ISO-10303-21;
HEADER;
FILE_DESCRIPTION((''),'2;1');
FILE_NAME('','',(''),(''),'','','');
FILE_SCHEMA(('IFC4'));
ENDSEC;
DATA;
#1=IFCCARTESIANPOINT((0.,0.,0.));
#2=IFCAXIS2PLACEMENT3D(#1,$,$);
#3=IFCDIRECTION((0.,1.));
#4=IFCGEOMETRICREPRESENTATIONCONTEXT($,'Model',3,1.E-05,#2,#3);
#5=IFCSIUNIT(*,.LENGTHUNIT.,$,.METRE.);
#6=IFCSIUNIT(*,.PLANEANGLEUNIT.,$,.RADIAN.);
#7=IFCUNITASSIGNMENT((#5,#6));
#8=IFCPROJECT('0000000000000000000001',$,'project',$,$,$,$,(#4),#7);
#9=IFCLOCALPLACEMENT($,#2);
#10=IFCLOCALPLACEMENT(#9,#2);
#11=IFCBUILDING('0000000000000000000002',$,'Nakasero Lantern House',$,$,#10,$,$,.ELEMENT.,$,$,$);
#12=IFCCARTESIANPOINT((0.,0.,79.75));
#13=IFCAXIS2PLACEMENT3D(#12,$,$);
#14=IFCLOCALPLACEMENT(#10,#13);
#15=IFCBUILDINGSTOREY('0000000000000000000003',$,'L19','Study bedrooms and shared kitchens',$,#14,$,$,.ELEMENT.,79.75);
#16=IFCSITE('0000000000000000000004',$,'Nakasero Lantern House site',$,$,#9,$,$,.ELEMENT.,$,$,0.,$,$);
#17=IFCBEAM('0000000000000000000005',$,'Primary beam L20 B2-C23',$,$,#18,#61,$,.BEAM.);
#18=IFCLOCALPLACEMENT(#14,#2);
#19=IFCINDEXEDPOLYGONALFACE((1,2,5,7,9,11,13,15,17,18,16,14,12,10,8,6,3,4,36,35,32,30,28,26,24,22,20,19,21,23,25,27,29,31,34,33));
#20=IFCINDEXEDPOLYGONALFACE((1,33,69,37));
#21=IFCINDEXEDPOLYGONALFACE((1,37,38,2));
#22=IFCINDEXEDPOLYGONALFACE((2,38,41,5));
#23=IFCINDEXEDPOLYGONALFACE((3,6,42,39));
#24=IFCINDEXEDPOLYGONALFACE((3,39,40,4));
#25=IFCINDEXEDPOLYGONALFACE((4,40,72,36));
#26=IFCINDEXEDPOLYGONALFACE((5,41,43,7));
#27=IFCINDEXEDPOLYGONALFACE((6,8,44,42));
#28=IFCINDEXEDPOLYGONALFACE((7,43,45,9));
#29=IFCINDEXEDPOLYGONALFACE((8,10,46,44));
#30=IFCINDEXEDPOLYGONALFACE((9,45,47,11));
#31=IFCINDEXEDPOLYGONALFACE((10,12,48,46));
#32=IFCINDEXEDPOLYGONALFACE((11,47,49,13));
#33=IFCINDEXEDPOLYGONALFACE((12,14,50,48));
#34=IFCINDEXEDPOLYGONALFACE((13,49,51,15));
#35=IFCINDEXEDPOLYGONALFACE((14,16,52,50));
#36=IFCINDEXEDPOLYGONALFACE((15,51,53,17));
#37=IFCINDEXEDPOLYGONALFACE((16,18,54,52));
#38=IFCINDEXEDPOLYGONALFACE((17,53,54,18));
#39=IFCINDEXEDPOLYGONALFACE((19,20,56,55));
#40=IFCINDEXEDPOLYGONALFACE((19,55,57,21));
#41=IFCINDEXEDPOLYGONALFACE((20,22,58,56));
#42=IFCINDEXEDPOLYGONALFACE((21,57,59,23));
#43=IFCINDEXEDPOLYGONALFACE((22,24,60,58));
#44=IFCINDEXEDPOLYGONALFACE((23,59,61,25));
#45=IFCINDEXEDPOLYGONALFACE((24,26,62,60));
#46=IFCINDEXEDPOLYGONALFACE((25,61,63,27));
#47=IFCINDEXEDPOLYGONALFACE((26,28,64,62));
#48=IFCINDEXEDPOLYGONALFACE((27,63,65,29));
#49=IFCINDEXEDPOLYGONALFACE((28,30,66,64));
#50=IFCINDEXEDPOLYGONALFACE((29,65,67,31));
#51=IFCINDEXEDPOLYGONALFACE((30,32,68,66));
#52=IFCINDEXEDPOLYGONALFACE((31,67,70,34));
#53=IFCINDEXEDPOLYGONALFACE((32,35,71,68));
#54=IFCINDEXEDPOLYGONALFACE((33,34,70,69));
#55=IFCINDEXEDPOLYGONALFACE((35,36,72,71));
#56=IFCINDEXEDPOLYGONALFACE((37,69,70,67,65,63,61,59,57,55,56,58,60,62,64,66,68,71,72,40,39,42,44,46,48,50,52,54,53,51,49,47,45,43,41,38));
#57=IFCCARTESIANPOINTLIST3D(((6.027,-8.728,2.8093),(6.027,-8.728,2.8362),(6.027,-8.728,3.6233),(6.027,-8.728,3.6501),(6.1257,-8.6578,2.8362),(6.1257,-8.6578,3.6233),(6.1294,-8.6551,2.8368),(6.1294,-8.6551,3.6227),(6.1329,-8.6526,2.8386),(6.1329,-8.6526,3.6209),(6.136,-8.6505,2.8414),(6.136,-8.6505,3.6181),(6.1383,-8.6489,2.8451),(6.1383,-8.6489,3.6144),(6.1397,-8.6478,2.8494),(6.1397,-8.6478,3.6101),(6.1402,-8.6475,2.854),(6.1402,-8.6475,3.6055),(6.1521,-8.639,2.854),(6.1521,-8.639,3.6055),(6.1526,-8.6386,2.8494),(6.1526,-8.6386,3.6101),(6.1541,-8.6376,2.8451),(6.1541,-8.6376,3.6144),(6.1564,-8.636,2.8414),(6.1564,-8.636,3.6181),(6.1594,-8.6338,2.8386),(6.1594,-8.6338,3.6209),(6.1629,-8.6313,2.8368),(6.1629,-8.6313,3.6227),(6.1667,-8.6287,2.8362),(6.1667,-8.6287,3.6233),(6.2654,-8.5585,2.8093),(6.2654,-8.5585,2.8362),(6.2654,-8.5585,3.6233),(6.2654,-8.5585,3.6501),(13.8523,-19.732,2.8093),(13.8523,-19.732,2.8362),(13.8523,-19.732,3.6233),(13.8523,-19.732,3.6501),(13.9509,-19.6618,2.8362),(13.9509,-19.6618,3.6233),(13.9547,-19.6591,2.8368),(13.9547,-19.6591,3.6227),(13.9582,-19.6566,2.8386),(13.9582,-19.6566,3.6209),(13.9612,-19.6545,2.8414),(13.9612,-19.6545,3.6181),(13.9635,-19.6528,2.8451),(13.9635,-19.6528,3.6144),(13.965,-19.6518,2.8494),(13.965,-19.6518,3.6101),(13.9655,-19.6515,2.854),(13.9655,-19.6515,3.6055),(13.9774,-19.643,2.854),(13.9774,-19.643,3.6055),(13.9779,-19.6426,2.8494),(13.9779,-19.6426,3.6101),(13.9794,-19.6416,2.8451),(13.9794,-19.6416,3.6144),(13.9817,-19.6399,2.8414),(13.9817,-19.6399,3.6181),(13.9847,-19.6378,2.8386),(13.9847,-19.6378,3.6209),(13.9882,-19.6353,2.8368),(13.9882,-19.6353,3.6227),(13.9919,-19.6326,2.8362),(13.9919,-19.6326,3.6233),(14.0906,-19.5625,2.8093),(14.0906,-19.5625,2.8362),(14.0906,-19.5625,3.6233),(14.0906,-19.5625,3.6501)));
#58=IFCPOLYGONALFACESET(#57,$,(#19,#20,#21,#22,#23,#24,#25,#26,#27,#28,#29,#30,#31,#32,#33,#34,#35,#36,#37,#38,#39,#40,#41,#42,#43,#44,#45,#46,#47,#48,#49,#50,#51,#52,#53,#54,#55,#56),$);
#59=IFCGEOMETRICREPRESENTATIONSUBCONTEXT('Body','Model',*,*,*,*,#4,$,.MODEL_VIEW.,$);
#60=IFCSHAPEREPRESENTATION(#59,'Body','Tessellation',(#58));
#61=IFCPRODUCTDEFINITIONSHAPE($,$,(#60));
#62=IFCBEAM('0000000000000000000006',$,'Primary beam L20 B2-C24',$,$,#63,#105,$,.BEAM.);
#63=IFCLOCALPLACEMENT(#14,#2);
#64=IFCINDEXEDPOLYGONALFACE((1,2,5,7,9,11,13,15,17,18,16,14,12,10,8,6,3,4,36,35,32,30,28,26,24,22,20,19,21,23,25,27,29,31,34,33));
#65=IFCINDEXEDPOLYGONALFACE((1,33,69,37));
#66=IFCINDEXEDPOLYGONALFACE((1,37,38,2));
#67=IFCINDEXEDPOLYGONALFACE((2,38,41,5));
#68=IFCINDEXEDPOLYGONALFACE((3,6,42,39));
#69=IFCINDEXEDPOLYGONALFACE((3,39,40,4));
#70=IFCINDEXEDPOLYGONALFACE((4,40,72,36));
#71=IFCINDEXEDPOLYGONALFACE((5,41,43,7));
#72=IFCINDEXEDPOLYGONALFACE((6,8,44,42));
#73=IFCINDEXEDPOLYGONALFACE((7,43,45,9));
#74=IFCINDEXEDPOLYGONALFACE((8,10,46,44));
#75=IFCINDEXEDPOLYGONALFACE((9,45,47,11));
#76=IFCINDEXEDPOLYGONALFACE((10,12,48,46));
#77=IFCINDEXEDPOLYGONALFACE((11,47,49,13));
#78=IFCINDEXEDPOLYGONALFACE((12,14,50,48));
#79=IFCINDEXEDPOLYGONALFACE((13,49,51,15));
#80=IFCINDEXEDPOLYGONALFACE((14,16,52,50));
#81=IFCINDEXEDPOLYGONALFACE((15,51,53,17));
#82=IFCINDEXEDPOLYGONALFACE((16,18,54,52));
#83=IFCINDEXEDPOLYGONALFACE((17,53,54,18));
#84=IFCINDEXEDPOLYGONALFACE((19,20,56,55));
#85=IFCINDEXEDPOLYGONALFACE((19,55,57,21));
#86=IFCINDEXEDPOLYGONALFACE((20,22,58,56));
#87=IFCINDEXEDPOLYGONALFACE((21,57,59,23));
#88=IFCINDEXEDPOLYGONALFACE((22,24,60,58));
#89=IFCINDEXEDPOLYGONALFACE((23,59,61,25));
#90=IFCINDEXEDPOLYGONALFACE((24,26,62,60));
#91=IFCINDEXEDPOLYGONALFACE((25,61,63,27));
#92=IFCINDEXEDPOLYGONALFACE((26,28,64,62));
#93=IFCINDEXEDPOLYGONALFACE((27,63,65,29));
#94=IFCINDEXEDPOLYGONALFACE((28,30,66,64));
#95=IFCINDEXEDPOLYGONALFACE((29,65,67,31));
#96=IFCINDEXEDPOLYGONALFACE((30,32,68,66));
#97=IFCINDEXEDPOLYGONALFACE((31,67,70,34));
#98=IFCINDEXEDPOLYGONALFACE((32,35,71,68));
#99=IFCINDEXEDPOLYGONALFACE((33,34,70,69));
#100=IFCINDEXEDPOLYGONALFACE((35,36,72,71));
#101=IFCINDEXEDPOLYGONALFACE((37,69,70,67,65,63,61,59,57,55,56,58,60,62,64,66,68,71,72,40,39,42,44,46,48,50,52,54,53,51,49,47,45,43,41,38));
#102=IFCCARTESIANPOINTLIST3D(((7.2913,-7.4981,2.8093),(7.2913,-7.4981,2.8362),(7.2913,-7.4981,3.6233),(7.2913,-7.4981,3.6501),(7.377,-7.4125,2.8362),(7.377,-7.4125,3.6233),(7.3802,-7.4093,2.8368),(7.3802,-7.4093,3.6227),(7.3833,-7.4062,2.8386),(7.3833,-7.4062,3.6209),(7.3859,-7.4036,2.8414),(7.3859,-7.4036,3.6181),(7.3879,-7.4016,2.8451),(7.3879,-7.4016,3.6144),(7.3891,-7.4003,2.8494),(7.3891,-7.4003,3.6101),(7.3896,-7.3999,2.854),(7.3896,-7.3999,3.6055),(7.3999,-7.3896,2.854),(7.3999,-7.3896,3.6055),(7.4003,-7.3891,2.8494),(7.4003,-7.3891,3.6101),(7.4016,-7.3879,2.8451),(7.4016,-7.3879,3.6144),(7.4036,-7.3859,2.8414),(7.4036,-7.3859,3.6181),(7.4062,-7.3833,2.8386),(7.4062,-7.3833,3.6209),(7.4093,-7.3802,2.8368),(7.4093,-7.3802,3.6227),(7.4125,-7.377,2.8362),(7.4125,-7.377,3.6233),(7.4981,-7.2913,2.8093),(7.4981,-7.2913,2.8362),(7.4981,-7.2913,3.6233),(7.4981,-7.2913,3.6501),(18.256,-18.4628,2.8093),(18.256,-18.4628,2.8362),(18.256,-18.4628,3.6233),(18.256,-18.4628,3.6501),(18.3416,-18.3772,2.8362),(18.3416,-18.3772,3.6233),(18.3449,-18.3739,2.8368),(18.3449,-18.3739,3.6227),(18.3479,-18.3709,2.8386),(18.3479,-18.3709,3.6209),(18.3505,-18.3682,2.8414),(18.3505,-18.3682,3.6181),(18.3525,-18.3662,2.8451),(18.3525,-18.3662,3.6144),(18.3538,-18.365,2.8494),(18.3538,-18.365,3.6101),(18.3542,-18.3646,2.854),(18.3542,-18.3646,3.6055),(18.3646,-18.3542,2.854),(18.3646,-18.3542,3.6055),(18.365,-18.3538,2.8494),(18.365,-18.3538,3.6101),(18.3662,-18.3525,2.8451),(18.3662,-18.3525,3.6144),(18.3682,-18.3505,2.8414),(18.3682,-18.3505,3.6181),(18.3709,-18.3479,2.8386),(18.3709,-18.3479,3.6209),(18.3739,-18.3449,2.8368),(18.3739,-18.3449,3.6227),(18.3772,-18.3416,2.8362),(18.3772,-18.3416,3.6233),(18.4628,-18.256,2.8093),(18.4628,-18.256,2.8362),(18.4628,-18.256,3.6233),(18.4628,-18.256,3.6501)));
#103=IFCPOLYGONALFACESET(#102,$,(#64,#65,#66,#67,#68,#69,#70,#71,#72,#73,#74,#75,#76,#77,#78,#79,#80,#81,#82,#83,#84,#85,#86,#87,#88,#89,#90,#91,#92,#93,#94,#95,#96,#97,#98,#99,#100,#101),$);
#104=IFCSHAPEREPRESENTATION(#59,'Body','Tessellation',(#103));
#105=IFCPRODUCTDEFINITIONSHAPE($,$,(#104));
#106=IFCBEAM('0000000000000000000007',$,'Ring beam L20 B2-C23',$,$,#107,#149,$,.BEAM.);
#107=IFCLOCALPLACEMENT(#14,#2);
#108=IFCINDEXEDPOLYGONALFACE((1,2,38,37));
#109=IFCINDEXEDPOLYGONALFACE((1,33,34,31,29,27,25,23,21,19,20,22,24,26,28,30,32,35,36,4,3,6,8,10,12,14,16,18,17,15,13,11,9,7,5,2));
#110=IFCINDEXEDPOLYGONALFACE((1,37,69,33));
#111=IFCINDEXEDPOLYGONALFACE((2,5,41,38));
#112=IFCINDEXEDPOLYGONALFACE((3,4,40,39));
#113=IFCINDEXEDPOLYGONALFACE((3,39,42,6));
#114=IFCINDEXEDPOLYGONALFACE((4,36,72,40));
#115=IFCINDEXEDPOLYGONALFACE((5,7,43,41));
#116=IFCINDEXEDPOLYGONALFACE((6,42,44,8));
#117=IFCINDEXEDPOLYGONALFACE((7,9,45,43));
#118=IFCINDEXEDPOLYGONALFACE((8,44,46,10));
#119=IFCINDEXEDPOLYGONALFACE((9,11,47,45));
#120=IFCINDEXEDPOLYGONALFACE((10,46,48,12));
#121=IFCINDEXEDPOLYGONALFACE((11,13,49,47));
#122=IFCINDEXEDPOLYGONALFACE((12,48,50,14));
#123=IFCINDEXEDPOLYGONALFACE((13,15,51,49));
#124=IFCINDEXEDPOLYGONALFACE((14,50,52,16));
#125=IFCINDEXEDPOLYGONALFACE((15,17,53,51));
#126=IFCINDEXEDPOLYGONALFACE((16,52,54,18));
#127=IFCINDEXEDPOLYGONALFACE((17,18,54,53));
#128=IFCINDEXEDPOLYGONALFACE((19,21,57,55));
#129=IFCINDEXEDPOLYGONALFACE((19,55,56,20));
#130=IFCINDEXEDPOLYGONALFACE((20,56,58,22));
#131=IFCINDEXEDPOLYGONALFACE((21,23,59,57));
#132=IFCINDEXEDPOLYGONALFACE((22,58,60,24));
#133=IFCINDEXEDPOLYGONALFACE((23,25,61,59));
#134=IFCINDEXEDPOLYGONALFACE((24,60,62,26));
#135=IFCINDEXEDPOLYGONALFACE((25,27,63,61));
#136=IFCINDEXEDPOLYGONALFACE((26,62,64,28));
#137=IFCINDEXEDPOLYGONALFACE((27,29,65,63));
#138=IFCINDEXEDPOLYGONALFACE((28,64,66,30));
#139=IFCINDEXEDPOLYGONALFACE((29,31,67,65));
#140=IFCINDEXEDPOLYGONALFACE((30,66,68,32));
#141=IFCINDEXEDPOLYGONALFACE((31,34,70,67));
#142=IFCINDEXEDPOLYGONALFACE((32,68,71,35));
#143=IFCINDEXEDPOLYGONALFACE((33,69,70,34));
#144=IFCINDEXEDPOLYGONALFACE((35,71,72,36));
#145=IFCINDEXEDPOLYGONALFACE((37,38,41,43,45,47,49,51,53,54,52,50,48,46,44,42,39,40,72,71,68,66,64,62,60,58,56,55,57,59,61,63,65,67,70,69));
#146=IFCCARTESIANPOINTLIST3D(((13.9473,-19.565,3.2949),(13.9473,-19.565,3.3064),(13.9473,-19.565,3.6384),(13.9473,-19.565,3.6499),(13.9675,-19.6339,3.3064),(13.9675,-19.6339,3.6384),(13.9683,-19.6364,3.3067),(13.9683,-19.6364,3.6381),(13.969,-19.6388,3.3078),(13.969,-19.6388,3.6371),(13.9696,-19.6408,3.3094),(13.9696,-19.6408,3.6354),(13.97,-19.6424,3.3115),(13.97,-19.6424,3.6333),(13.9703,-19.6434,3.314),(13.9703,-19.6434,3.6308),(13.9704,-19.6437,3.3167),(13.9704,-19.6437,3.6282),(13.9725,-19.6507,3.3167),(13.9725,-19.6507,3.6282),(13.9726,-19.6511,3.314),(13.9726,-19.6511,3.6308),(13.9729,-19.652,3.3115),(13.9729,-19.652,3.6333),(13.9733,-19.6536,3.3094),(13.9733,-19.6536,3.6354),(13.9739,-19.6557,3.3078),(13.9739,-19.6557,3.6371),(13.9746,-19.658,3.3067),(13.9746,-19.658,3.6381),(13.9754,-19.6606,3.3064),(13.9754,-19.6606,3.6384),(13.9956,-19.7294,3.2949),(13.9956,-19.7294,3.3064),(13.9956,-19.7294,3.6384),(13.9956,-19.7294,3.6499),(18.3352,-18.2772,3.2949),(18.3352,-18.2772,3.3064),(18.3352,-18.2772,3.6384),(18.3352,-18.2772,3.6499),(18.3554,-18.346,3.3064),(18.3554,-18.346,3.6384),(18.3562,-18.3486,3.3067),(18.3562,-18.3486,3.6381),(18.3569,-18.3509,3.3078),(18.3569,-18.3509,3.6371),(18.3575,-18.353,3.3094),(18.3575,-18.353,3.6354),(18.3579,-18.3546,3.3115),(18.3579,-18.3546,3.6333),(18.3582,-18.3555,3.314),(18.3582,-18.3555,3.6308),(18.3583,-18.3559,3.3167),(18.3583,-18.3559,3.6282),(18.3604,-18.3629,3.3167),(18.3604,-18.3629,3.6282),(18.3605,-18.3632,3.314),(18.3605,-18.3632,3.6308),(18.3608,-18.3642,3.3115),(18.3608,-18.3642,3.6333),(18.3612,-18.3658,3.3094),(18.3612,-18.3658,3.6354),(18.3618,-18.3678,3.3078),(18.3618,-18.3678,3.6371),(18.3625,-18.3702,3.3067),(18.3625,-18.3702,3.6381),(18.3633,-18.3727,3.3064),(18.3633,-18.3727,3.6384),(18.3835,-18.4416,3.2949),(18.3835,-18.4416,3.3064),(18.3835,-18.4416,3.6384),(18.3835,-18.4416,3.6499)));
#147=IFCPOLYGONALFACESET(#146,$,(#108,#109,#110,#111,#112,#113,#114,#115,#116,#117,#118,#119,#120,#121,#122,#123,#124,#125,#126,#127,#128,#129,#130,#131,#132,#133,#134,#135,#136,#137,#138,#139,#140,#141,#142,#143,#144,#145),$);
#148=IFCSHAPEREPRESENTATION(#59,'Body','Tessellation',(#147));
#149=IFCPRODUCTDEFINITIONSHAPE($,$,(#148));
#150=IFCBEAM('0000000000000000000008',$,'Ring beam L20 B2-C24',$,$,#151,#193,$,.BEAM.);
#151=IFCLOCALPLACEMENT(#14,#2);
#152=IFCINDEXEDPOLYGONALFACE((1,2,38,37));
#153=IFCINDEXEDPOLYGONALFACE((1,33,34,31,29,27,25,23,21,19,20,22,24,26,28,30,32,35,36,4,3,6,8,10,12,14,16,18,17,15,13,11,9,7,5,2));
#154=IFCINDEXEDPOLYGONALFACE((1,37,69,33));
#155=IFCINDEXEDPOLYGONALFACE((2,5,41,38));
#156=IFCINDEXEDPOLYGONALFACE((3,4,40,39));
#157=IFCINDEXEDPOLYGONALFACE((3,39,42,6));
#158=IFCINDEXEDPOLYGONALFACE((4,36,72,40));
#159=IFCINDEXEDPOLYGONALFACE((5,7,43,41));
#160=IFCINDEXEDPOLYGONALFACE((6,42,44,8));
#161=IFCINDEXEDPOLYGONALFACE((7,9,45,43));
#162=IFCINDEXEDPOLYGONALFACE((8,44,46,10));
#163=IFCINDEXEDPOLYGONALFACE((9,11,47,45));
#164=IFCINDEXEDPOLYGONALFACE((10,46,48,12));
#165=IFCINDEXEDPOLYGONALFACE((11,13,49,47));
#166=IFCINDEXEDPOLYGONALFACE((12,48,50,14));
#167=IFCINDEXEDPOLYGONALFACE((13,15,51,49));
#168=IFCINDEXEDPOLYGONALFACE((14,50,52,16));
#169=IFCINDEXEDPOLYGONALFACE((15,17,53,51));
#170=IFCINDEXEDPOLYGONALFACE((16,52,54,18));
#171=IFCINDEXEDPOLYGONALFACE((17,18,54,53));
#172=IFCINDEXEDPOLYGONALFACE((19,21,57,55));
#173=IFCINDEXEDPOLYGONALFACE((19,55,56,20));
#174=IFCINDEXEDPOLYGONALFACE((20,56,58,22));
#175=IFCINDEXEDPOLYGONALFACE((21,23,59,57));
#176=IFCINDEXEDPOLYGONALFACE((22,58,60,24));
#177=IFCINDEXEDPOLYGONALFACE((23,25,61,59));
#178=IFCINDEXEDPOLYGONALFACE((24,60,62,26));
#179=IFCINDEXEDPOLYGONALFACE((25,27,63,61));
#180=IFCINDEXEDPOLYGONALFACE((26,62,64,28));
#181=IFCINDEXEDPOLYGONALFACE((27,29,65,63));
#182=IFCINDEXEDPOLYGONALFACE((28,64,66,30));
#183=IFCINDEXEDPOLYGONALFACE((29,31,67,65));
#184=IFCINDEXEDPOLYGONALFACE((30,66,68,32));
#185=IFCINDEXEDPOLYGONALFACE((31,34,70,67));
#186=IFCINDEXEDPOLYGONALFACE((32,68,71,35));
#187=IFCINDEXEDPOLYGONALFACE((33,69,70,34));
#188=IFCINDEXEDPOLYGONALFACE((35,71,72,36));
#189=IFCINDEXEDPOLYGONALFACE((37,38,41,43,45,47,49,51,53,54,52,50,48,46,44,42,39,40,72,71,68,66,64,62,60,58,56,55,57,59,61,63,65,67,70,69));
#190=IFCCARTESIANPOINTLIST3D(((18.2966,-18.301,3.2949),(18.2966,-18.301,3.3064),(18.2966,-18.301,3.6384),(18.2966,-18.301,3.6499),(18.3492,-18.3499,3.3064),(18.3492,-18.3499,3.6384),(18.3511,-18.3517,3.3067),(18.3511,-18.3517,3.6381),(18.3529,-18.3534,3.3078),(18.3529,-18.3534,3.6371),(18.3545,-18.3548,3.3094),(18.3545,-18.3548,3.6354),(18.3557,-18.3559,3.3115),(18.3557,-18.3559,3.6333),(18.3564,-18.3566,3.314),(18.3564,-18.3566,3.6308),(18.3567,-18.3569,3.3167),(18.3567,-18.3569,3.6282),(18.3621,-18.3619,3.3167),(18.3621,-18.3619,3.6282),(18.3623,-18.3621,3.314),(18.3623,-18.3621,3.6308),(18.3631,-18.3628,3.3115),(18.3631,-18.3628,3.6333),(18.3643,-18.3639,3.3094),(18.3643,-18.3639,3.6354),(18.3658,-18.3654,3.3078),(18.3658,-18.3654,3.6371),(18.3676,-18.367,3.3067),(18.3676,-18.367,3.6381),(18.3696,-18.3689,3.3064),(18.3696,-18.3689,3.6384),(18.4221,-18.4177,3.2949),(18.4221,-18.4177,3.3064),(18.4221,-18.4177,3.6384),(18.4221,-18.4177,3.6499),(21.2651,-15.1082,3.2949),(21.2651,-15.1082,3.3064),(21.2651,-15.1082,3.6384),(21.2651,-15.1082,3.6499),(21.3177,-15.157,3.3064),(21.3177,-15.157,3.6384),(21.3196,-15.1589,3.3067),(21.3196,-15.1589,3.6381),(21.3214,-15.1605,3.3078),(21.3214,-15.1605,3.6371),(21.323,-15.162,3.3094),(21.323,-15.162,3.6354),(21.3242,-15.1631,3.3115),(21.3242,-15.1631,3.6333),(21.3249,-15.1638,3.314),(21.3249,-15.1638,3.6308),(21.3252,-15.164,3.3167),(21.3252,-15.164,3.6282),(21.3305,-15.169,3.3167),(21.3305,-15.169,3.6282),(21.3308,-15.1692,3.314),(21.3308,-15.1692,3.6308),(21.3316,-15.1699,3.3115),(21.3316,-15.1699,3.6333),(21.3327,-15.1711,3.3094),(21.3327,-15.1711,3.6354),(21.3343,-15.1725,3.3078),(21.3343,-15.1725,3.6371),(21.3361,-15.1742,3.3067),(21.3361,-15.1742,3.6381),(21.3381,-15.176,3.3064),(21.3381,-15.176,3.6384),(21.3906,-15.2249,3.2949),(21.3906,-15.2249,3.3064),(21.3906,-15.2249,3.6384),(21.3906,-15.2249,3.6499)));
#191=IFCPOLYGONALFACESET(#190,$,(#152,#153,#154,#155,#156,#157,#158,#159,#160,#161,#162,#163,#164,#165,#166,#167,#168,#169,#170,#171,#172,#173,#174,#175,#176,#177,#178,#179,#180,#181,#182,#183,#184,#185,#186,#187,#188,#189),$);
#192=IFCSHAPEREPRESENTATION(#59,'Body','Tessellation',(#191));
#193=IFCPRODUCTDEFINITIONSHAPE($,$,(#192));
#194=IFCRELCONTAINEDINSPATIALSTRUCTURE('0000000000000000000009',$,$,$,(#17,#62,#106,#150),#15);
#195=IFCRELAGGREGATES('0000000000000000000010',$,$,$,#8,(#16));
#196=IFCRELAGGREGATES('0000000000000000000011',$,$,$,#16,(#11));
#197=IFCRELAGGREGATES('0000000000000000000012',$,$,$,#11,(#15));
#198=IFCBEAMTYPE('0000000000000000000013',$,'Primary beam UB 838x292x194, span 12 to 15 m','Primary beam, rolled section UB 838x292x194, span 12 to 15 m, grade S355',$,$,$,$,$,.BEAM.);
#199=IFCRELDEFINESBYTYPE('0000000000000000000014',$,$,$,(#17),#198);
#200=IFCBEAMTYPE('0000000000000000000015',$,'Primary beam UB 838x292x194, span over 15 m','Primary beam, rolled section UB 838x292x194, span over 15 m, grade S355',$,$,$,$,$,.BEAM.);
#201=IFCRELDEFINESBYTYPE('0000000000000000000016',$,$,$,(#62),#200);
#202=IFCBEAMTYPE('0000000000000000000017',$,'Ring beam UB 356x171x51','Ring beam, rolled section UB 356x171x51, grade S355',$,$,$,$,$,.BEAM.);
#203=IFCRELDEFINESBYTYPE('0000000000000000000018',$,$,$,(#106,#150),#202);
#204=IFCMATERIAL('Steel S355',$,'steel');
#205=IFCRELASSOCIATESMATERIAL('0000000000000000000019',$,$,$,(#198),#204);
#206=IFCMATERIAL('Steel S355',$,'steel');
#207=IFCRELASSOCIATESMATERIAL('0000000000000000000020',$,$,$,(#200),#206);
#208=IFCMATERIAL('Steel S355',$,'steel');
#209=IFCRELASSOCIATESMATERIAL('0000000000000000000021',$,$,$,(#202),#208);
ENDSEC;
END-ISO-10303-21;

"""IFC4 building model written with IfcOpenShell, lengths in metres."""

from ifc_helpers import new_model, si_unit, direction, frame, origin, origin_2d, place, context, subcontext, project, spatial, i_section, extrude, material, material_profile, profile_set, type_object, element, save


model = new_model("IFC4")

# Units and contexts
model_context = context("Model", 3, precision=1e-05, world=origin(), true_north=direction((0.0, 1.0)))
body_context = subcontext(model_context, "Body", "Model", "MODEL_VIEW")
ifc_project = project(units=[si_unit("LENGTHUNIT", "METRE"), si_unit("PLANEANGLEUNIT", "RADIAN")], contexts=[model_context])

# Site, building, storey
site_placement = place(None, origin())
site = spatial("IfcSite", under=ifc_project, at=site_placement, Name="Nakasero Lantern House site", CompositionType="ELEMENT", RefElevation=0.0)
building_placement = place(site_placement, origin())
building = spatial("IfcBuilding", under=site, at=building_placement, Name="Nakasero Lantern House", CompositionType="ELEMENT")
storey_placement = place(building_placement, frame((0.0, 0.0, 79.75)))
storey = spatial("IfcBuildingStorey", under=building, at=storey_placement, Name="L19", Description="Study bedrooms and shared kitchens", CompositionType="ELEMENT", Elevation=79.75)

# Beams
ifc_material_1 = material(Name="Steel S355", Category="steel")
ifc_material_profile_1 = material_profile(ifc_material_1, i_section(OverallWidth=0.2925, OverallDepth=0.8408, WebThickness=0.0146, FlangeThickness=0.0269, FilletRadius=0.0178, at=origin_2d()), Name="UB 838x292x194")
ifc_profile_set_1 = profile_set([ifc_material_profile_1], Name="Steel S355")
beam_type_1 = type_object("IfcBeamType", Name="Primary beam UB 838x292x194, span 12 to 15 m", Description="Primary beam, rolled section UB 838x292x194, span 12 to 15 m, grade S355", PredefinedType="BEAM", material=ifc_profile_set_1)
beam_1_placement = place(storey_placement, frame((13.9714, -19.6472, 3.2297), z_axis=(-0.579533, 0.814948, 0.0), x_axis=(-0.814948, -0.579533, 0.0)))
element("IfcBeam", 1, at=beam_1_placement, inside=storey, type_object=beam_type_1, Name="Primary beam L20 B2-C23", PredefinedType="BEAM", context=body_context, shape_type="SweptSolid", body=[
    extrude(i_section(OverallWidth=0.2925, OverallDepth=0.8408, WebThickness=0.0146, FlangeThickness=0.0269, FilletRadius=0.0178, at=origin_2d()), origin(), (0.0, 0.0, 1.0), 13.5027),
])
ifc_material_2 = material(Name="Steel S355", Category="steel")
ifc_material_profile_2 = material_profile(ifc_material_2, i_section(OverallWidth=0.2925, OverallDepth=0.8408, WebThickness=0.0146, FlangeThickness=0.0269, FilletRadius=0.0178, at=origin_2d()), Name="UB 838x292x194")
ifc_profile_set_2 = profile_set([ifc_material_profile_2], Name="Steel S355")
beam_type_2 = type_object("IfcBeamType", Name="Primary beam UB 838x292x194, span over 15 m", Description="Primary beam, rolled section UB 838x292x194, span over 15 m, grade S355", PredefinedType="BEAM", material=ifc_profile_set_2)
beam_2_placement = place(storey_placement, frame((18.3594, -18.3594, 3.2297), z_axis=(-0.707107, 0.707107, 0.0), x_axis=(-0.707107, -0.707107, 0.0)))
element("IfcBeam", 2, at=beam_2_placement, inside=storey, type_object=beam_type_2, Name="Primary beam L20 B2-C24", PredefinedType="BEAM", context=body_context, shape_type="SweptSolid", body=[
    extrude(i_section(OverallWidth=0.2925, OverallDepth=0.8408, WebThickness=0.0146, FlangeThickness=0.0269, FilletRadius=0.0178, at=origin_2d()), origin(), (0.0, 0.0, 1.0), 15.5063),
])
ifc_material_3 = material(Name="Steel S355", Category="steel")
ifc_material_profile_3 = material_profile(ifc_material_3, i_section(OverallWidth=0.1714, OverallDepth=0.355, WebThickness=0.0073, FlangeThickness=0.0115, FilletRadius=0.0103, at=origin_2d()), Name="UB 356x171x51")
ifc_profile_set_3 = profile_set([ifc_material_profile_3], Name="Steel S355")
beam_type_3 = type_object("IfcBeamType", Name="Ring beam UB 356x171x51", Description="Ring beam, rolled section UB 356x171x51, grade S355", PredefinedType="BEAM", material=ifc_profile_set_3)
beam_3_placement = place(storey_placement, frame((13.9714, -19.6472, 3.4724), z_axis=(0.959527, 0.281617, 0.0), x_axis=(-0.281617, 0.959527, 0.0)))
element("IfcBeam", 3, at=beam_3_placement, inside=storey, type_object=beam_type_3, Name="Ring beam L20 B2-C23", PredefinedType="BEAM", context=body_context, shape_type="SweptSolid", body=[
    extrude(i_section(OverallWidth=0.1714, OverallDepth=0.355, WebThickness=0.0073, FlangeThickness=0.0115, FilletRadius=0.0103, at=origin_2d()), origin(), (0.0, 0.0, 1.0), 4.573),
])
beam_4_placement = place(storey_placement, frame((18.3594, -18.3594, 3.4724), z_axis=(0.680906, 0.732371, 0.0), x_axis=(-0.732371, 0.680906, 0.0)))
element("IfcBeam", 4, at=beam_4_placement, inside=storey, type_object=beam_type_3, Name="Ring beam L20 B2-C24", PredefinedType="BEAM", context=body_context, shape_type="SweptSolid", body=[
    extrude(i_section(OverallWidth=0.1714, OverallDepth=0.355, WebThickness=0.0073, FlangeThickness=0.0115, FilletRadius=0.0103, at=origin_2d()), origin(), (0.0, 0.0, 1.0), 4.3596),
])

save(model, "model.ifc")
